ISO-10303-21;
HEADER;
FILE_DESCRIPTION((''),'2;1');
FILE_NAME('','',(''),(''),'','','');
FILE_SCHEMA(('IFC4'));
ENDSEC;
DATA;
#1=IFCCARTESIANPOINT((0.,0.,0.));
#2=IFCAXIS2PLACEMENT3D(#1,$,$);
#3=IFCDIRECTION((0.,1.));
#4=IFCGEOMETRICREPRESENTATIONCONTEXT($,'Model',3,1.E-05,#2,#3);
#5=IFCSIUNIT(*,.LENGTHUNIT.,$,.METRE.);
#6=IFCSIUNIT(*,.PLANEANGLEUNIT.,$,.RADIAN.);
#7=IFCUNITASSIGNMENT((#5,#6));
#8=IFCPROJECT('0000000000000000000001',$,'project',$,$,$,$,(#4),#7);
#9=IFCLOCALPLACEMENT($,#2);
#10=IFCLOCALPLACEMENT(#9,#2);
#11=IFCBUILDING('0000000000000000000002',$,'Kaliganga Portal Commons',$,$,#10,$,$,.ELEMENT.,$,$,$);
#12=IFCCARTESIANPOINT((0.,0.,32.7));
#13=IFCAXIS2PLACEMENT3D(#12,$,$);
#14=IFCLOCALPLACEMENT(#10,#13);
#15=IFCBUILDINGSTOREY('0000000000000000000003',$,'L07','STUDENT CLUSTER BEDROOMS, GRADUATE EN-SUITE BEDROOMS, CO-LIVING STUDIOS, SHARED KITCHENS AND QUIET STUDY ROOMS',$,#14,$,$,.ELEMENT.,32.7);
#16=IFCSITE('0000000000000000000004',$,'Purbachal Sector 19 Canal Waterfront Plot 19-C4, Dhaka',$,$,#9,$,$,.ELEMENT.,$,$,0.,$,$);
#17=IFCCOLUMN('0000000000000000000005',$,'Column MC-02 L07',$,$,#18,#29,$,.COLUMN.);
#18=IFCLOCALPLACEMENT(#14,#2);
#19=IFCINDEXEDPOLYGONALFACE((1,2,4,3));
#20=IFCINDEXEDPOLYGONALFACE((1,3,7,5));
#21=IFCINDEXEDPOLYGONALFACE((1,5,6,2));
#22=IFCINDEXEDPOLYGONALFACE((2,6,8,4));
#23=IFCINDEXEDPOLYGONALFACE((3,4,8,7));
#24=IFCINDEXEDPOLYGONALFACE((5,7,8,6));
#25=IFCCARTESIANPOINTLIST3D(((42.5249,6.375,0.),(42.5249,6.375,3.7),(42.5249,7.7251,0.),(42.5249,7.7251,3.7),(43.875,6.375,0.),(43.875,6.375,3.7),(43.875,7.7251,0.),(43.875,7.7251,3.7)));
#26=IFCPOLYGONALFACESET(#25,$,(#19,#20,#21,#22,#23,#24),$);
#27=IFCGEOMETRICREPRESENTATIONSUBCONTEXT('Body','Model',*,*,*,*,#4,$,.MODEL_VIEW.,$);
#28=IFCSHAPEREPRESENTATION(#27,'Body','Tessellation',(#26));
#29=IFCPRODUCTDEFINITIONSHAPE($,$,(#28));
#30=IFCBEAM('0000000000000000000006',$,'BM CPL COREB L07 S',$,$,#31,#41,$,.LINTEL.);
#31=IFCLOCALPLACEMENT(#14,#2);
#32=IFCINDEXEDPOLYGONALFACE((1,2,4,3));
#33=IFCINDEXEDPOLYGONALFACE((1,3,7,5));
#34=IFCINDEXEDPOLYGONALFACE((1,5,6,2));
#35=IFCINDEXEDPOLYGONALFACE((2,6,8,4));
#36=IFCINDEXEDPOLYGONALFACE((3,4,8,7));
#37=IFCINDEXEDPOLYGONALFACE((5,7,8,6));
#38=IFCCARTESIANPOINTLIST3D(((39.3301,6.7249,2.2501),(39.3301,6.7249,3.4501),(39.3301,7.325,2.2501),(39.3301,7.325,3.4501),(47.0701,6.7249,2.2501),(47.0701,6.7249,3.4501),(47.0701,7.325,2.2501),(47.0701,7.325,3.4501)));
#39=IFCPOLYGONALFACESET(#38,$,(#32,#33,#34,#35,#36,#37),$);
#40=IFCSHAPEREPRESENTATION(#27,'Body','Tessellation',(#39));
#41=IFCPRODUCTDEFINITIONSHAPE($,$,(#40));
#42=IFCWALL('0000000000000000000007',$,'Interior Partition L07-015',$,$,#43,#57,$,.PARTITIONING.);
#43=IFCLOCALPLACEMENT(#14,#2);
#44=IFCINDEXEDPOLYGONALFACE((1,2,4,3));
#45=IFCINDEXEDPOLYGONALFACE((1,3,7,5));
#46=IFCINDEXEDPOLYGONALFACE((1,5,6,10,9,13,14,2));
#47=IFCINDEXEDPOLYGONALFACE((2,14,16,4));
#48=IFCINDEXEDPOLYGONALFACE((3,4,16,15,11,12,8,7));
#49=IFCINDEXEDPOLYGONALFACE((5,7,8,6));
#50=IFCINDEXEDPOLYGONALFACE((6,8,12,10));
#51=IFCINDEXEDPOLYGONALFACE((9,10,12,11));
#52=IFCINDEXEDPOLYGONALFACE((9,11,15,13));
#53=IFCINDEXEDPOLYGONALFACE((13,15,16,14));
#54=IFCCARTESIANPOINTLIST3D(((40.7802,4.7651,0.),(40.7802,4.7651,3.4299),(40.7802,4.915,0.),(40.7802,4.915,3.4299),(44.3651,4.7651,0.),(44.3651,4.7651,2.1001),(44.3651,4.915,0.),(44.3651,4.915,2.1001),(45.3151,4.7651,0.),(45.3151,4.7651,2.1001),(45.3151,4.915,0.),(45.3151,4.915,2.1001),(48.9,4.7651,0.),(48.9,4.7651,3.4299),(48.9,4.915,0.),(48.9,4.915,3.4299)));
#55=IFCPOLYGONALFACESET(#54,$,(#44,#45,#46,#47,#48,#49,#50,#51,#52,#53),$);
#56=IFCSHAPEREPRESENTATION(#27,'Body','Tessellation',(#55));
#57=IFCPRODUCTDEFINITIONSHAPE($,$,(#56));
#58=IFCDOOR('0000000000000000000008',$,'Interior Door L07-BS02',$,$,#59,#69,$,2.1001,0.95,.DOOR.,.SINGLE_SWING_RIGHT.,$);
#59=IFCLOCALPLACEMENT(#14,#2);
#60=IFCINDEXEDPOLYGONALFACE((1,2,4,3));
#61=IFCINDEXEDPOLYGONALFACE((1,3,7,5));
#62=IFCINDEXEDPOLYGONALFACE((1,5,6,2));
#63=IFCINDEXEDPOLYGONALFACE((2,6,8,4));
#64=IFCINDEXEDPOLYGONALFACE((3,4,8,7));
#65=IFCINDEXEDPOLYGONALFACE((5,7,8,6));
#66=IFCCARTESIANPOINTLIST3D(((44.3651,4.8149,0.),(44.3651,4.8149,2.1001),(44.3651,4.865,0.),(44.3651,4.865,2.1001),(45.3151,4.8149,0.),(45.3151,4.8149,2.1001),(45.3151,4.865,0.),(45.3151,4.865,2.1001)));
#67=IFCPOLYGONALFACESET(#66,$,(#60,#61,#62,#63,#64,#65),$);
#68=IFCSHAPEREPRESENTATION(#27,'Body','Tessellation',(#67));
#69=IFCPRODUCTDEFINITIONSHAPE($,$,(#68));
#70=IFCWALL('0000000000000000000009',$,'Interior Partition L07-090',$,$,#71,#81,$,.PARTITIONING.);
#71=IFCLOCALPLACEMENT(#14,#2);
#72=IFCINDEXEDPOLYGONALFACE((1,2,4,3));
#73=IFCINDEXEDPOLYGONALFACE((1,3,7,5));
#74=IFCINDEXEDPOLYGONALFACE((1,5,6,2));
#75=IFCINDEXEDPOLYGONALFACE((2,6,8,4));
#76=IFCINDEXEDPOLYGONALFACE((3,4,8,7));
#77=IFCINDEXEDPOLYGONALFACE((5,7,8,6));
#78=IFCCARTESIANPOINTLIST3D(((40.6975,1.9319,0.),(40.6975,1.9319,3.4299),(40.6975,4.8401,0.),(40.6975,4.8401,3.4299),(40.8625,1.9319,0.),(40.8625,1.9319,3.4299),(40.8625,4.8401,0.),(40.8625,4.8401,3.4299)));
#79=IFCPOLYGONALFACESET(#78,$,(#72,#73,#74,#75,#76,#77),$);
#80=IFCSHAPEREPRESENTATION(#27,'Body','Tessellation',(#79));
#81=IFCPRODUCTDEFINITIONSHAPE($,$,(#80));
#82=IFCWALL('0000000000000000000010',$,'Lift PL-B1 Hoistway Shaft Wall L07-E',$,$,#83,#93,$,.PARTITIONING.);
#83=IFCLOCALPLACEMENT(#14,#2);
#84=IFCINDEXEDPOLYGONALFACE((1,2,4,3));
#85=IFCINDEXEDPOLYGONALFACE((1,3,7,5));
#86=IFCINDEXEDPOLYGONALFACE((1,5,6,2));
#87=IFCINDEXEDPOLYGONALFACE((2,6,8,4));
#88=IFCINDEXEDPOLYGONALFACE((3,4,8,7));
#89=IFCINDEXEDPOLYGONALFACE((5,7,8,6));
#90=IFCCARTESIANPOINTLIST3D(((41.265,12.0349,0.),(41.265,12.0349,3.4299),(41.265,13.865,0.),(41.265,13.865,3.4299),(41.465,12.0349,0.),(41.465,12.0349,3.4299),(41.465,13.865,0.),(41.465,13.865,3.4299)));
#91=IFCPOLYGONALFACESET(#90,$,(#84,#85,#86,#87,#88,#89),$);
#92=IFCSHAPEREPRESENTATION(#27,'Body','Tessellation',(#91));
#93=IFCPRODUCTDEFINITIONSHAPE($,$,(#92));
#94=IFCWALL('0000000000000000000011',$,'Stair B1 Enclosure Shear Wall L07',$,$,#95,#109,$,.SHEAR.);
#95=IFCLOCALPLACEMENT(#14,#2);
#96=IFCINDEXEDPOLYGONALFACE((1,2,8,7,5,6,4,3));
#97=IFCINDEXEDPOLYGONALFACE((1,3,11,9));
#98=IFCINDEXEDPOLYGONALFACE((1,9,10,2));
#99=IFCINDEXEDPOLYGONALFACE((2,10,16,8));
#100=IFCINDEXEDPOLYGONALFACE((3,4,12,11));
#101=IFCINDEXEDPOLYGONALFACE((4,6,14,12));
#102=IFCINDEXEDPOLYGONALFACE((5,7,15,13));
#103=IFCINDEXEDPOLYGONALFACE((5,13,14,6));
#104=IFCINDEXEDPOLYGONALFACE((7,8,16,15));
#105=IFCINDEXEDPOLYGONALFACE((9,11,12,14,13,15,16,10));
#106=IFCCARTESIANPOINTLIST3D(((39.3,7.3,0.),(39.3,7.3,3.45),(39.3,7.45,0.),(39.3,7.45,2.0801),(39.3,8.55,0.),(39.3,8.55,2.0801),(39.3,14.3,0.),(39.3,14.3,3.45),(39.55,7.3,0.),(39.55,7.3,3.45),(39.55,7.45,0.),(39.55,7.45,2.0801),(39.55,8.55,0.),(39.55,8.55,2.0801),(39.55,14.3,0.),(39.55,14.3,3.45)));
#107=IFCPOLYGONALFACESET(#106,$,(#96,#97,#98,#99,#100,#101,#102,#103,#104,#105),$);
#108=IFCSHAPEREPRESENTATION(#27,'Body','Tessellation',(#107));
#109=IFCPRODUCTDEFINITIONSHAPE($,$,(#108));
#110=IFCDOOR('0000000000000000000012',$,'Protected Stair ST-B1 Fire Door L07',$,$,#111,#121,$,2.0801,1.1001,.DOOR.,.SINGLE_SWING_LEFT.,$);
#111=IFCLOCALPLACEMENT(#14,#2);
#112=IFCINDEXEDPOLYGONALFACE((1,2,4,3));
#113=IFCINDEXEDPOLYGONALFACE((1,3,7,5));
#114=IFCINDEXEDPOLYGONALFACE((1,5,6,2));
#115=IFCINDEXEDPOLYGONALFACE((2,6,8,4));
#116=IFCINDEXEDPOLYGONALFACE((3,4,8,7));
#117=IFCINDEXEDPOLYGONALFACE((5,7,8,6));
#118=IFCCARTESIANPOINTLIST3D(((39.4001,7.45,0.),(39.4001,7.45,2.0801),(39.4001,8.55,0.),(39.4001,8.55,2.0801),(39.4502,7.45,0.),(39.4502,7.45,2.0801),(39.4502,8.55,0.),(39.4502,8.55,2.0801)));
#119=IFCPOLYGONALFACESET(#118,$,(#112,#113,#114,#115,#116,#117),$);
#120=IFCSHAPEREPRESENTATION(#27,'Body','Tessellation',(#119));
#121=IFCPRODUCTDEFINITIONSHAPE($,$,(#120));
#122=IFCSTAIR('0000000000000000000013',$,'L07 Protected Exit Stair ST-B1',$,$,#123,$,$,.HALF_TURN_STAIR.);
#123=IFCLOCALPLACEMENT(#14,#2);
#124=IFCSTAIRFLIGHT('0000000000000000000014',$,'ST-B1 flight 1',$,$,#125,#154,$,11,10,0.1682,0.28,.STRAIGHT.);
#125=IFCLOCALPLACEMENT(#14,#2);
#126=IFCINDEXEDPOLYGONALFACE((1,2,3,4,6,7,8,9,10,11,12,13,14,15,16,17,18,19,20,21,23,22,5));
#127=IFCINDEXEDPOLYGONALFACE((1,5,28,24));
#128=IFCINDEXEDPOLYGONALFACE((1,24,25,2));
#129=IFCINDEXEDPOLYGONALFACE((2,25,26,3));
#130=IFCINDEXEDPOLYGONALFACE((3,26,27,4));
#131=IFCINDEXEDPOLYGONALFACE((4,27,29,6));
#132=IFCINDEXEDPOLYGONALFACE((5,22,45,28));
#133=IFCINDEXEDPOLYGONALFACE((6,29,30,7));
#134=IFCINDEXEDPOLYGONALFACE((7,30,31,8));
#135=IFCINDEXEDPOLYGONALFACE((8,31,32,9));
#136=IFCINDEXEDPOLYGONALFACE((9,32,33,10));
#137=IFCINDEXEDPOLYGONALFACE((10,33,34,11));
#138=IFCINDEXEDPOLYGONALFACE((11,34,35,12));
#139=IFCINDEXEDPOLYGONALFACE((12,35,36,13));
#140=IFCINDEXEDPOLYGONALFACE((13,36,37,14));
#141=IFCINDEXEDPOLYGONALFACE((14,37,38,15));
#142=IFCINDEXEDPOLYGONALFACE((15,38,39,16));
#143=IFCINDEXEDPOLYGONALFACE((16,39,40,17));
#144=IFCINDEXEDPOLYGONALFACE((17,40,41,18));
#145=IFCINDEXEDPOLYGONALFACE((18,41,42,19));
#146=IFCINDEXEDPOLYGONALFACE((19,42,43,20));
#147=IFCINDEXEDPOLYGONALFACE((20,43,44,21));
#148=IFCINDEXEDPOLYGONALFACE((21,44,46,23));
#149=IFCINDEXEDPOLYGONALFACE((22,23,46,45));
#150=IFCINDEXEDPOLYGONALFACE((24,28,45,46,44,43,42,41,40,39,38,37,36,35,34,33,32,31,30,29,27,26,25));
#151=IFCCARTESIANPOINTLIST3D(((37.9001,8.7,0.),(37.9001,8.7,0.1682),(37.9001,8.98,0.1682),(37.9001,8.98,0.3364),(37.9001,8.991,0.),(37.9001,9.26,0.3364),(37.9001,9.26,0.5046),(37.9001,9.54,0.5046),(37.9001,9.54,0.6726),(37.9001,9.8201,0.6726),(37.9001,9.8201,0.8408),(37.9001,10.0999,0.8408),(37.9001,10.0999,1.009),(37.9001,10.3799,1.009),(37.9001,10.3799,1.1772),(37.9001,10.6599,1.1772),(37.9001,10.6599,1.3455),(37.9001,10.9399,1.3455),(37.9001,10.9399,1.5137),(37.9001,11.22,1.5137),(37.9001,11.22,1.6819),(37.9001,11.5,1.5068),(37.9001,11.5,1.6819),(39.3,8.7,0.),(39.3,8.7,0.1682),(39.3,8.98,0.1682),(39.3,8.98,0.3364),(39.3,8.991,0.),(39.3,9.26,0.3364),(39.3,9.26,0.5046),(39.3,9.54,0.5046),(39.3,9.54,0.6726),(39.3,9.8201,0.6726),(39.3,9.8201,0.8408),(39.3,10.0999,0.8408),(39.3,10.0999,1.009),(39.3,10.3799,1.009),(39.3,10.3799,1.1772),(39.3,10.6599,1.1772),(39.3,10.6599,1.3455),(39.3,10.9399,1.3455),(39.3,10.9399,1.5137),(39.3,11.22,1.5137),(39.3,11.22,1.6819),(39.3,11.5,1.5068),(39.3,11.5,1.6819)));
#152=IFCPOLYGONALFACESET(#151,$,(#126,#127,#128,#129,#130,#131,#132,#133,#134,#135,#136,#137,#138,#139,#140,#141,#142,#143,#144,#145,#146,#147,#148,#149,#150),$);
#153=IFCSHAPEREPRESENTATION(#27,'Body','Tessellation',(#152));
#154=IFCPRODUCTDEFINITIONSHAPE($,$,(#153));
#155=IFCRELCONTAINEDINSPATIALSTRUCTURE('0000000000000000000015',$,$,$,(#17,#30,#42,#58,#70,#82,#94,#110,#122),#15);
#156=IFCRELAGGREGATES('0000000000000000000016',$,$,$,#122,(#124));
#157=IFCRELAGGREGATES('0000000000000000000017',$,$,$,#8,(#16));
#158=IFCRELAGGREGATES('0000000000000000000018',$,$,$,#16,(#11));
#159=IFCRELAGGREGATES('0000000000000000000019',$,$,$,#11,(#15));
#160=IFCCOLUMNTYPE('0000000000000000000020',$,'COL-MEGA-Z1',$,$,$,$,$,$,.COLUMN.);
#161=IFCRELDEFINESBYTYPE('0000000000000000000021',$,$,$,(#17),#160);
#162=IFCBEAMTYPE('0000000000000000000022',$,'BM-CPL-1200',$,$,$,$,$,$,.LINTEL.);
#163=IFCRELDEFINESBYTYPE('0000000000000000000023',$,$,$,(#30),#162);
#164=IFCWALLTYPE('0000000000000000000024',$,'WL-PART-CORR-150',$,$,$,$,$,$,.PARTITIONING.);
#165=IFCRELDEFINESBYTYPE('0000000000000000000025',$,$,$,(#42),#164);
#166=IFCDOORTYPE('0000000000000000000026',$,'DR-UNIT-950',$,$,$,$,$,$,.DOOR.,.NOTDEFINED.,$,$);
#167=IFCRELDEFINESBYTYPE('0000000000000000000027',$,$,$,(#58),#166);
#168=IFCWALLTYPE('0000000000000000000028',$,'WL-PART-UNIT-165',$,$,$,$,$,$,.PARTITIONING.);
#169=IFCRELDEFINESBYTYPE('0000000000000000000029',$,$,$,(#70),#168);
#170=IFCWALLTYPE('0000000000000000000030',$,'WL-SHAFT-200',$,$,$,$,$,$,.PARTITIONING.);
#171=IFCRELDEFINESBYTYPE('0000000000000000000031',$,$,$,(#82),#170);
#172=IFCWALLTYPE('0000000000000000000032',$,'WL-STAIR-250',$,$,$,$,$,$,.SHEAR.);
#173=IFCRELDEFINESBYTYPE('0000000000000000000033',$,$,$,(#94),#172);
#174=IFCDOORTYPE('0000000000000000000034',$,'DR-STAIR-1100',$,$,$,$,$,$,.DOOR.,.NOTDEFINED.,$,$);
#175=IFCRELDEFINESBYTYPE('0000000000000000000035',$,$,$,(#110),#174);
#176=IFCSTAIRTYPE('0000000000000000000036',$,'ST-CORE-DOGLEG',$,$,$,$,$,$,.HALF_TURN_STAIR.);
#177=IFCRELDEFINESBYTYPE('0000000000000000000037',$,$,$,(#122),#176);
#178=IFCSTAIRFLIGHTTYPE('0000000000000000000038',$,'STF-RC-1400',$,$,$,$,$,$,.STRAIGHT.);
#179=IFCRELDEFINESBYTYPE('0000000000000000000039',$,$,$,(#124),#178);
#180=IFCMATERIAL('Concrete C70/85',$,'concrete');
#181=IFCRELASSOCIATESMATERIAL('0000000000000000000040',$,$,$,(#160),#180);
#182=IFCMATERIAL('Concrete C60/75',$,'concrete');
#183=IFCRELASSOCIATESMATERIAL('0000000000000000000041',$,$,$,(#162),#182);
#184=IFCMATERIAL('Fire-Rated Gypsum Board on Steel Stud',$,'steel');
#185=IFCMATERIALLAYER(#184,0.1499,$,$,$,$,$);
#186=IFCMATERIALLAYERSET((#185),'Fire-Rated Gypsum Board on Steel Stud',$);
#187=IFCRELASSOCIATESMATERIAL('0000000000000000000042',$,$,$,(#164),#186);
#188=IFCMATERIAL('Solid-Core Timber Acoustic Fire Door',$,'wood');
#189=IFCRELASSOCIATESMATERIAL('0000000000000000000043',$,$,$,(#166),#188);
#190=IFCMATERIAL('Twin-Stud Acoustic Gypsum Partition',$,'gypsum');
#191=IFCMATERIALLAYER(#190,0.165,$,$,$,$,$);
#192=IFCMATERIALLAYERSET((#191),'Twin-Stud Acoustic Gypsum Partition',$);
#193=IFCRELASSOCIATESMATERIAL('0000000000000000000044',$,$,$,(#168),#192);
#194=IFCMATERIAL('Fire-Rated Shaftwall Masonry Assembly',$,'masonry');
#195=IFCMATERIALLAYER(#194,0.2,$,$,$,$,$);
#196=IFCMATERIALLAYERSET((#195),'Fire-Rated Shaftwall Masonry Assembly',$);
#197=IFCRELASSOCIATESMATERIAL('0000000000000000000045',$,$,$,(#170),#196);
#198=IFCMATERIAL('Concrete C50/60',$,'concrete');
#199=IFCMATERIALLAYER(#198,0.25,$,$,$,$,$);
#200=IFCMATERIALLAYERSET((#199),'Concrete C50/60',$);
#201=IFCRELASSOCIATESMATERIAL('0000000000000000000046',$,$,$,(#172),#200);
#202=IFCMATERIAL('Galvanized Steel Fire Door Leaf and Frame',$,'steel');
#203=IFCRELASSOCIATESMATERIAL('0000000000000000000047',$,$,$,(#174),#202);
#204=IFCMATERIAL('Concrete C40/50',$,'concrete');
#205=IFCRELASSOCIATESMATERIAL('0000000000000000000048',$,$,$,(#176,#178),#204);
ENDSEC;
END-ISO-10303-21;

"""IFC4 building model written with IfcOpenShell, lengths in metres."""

from ifc_helpers import new_model, si_unit, direction, frame, frame_2d, origin, origin_2d, place, context, subcontext, project, spatial, polyline, rectangle, outline, extrude, source, transform, mapped, material, layer, layer_set, material_profile, profile_set, type_object, element, fill, aggregate, save


model = new_model("IFC4")

# Units and contexts
model_context = context("Model", 3, precision=1e-05, world=origin(), true_north=direction((0.0, 1.0)))
body_context = subcontext(model_context, "Body", "Model", "MODEL_VIEW")
ifc_project = project(units=[si_unit("LENGTHUNIT", "METRE"), si_unit("PLANEANGLEUNIT", "RADIAN")], contexts=[model_context])

# Site, building, storey
site_placement = place(None, origin())
site = spatial("IfcSite", under=ifc_project, at=site_placement, Name="Purbachal Sector 19 Canal Waterfront Plot 19-C4, Dhaka", CompositionType="ELEMENT", RefElevation=0.0)
building_placement = place(site_placement, origin())
building = spatial("IfcBuilding", under=site, at=building_placement, Name="Kaliganga Portal Commons", CompositionType="ELEMENT")
storey_placement = place(building_placement, frame((0.0, 0.0, 32.7)))
storey = spatial("IfcBuildingStorey", under=building, at=storey_placement, Name="L07", Description="STUDENT CLUSTER BEDROOMS, GRADUATE EN-SUITE BEDROOMS, CO-LIVING STUDIOS, SHARED KITCHENS AND QUIET STUDY ROOMS", CompositionType="ELEMENT", Elevation=32.7)

# Column
ifc_material_1 = material(Name="Concrete C70/85", Category="concrete")
ifc_material_profile_1 = material_profile(ifc_material_1, rectangle(XDim=1.3501, YDim=1.3501, at=origin_2d()), Name="RC 1350x1350")
ifc_profile_set_1 = profile_set([ifc_material_profile_1], Name="Concrete C70/85")
column_type = type_object("IfcColumnType", Name="COL-MEGA-Z1", PredefinedType="COLUMN", material=ifc_profile_set_1)
shared_shape_1 = source(origin(), body_context, "Body", "SweptSolid", [
    extrude(rectangle(XDim=1.3501, YDim=1.3501, at=origin_2d()), origin(), (0.0, 0.0, 1.0), 3.7),
])
column_placement = place(storey_placement, frame((43.2, 7.05, 0.0), z_axis=(0.0, 0.0, 1.0), x_axis=(1.0, 0.0, 0.0)))
element("IfcColumn", 1, at=column_placement, inside=storey, type_object=column_type, Name="Column MC-02 L07", PredefinedType="COLUMN", context=body_context, shape_type="MappedRepresentation", body=[
    mapped(shared_shape_1, transform((0.0, 0.0, 0.0), x_axis=(1.0, 0.0, 0.0), y_axis=(0.0, 1.0, 0.0), z_axis=(0.0, 0.0, 1.0), scale=1.0)),
])

# Beam
ifc_material_2 = material(Name="Concrete C60/75", Category="concrete")
ifc_material_profile_2 = material_profile(ifc_material_2, rectangle(XDim=0.6001, YDim=1.2, at=origin_2d()), Name="RC 600x1200")
ifc_profile_set_2 = profile_set([ifc_material_profile_2], Name="Concrete C60/75")
beam_type = type_object("IfcBeamType", Name="BM-CPL-1200", PredefinedType="LINTEL", material=ifc_profile_set_2)
shared_shape_2 = source(origin(), body_context, "Body", "SweptSolid", [
    extrude(rectangle(XDim=0.6001, YDim=1.2, at=origin_2d()), origin(), (0.0, 0.0, 1.0), 7.74),
])
beam_placement = place(storey_placement, frame((39.3301, 7.0249, 2.8501), z_axis=(1.0, 0.0, 0.0), x_axis=(0.0, 1.0, 0.0)))
element("IfcBeam", 2, at=beam_placement, inside=storey, type_object=beam_type, Name="BM CPL COREB L07 S", PredefinedType="LINTEL", context=body_context, shape_type="MappedRepresentation", body=[
    mapped(shared_shape_2, transform((0.0, 0.0, 0.0), x_axis=(1.0, 0.0, 0.0), y_axis=(0.0, 1.0, 0.0), z_axis=(0.0, 0.0, 1.0), scale=1.0)),
])

# Wall, opening, door
ifc_material_3 = material(Name="Fire-Rated Gypsum Board on Steel Stud", Category="steel")
ifc_layer_1 = layer(ifc_material_3, 0.1499)
ifc_layer_set_1 = layer_set([ifc_layer_1], Name="Fire-Rated Gypsum Board on Steel Stud")
wall_type_1 = type_object("IfcWallType", Name="WL-PART-CORR-150", PredefinedType="PARTITIONING", material=ifc_layer_set_1)
wall_1_placement = place(storey_placement, frame((40.78, 4.8401, 0.0), z_axis=(0.0, 0.0, 1.0), x_axis=(1.0, 0.0, 0.0)))
wall_1 = element("IfcWall", 3, at=wall_1_placement, inside=storey, type_object=wall_type_1, Name="Interior Partition L07-015", PredefinedType="PARTITIONING", context=body_context, shape_type="SweptSolid", body=[
    extrude(rectangle(XDim=8.1199, YDim=0.1499, at=frame_2d((4.0601, 0.0))), origin(), (0.0, 0.0, 1.0), 3.4299),
])
opening_1_placement = place(wall_1_placement, frame((3.585, 0.0, 0.0)))
opening_1 = element("IfcOpeningElement", 4, at=opening_1_placement, cuts=wall_1, PredefinedType="OPENING", context=body_context, shape_type="SweptSolid", body=[
    extrude(rectangle(XDim=0.95, YDim=2.1001, at=frame_2d((0.4751, 1.05))), frame((0.0, 0.085, 0.0), z_axis=(0.0, -1.0, 0.0), x_axis=(1.0, 0.0, 0.0)), (0.0, 0.0, 1.0), 0.1699),
])
ifc_material_4 = material(Name="Solid-Core Timber Acoustic Fire Door", Category="wood")
door_type_1 = type_object("IfcDoorType", Name="DR-UNIT-950", OperationType="NOTDEFINED", PredefinedType="DOOR", material=ifc_material_4)
door_1_placement = place(opening_1_placement, origin())
door_1 = element("IfcDoor", 5, at=door_1_placement, inside=storey, type_object=door_type_1, Name="Interior Door L07-BS02", OperationType="SINGLE_SWING_RIGHT", OverallHeight=2.1001, OverallWidth=0.95, PredefinedType="DOOR", context=body_context, shape_type="SweptSolid", body=[
    extrude(rectangle(XDim=0.95, YDim=2.1001, at=frame_2d((0.4751, 1.05))), frame((0.0, 0.0249, 0.0), z_axis=(0.0, -1.0, 0.0), x_axis=(1.0, 0.0, 0.0)), (0.0, 0.0, 1.0), 0.05),
])
fill(opening_1, door_1)

# Wall
ifc_material_5 = material(Name="Twin-Stud Acoustic Gypsum Partition", Category="gypsum")
ifc_layer_2 = layer(ifc_material_5, 0.165)
ifc_layer_set_2 = layer_set([ifc_layer_2], Name="Twin-Stud Acoustic Gypsum Partition")
wall_type_2 = type_object("IfcWallType", Name="WL-PART-UNIT-165", PredefinedType="PARTITIONING", material=ifc_layer_set_2)
wall_2_placement = place(storey_placement, frame((40.78, 1.9319, 0.0), z_axis=(0.0, 0.0, 1.0), x_axis=(0.0, 1.0, 0.0)))
element("IfcWall", 6, at=wall_2_placement, inside=storey, type_object=wall_type_2, Name="Interior Partition L07-090", PredefinedType="PARTITIONING", context=body_context, shape_type="SweptSolid", body=[
    extrude(rectangle(XDim=2.9082, YDim=0.165, at=frame_2d((1.4541, 0.0))), origin(), (0.0, 0.0, 1.0), 3.4299),
])

# Shared definitions
ifc_material_6 = material(Name="Fire-Rated Shaftwall Masonry Assembly", Category="masonry")
ifc_layer_3 = layer(ifc_material_6, 0.2)
ifc_layer_set_3 = layer_set([ifc_layer_3], Name="Fire-Rated Shaftwall Masonry Assembly")
wall_type_3 = type_object("IfcWallType", Name="WL-SHAFT-200", PredefinedType="PARTITIONING", material=ifc_layer_set_3)

# Wall
wall_3_placement = place(storey_placement, frame((41.365, 12.0349, 0.0), z_axis=(0.0, 0.0, 1.0), x_axis=(0.0, 1.0, 0.0)))
element("IfcWall", 7, at=wall_3_placement, inside=storey, type_object=wall_type_3, Name="Lift PL-B1 Hoistway Shaft Wall L07-E", PredefinedType="PARTITIONING", context=body_context, shape_type="SweptSolid", body=[
    extrude(rectangle(XDim=1.8301, YDim=0.2, at=frame_2d((0.915, 0.0))), origin(), (0.0, 0.0, 1.0), 3.4299),
])

# Wall, opening, door
ifc_material_7 = material(Name="Concrete C50/60", Category="concrete")
ifc_layer_4 = layer(ifc_material_7, 0.25)
ifc_layer_set_4 = layer_set([ifc_layer_4], Name="Concrete C50/60")
wall_type_4 = type_object("IfcWallType", Name="WL-STAIR-250", PredefinedType="SHEAR", material=ifc_layer_set_4)
wall_4_placement = place(storey_placement, frame((39.425, 7.3, 0.0), z_axis=(0.0, 0.0, 1.0), x_axis=(0.0, 1.0, 0.0)))
wall_4 = element("IfcWall", 8, at=wall_4_placement, inside=storey, type_object=wall_type_4, Name="Stair B1 Enclosure Shear Wall L07", PredefinedType="SHEAR", context=body_context, shape_type="SweptSolid", body=[
    extrude(rectangle(XDim=7.0, YDim=0.25, at=frame_2d((3.5, 0.0))), origin(), (0.0, 0.0, 1.0), 3.45),
])
opening_2_placement = place(wall_4_placement, frame((0.1499, 0.0, 0.0)))
opening_2 = element("IfcOpeningElement", 9, at=opening_2_placement, cuts=wall_4, PredefinedType="OPENING", context=body_context, shape_type="SweptSolid", body=[
    extrude(rectangle(XDim=1.1001, YDim=2.0801, at=frame_2d((0.55, 1.04))), frame((0.0, 0.135, 0.0), z_axis=(0.0, -1.0, 0.0), x_axis=(1.0, 0.0, 0.0)), (0.0, 0.0, 1.0), 0.27),
])
ifc_material_8 = material(Name="Galvanized Steel Fire Door Leaf and Frame", Category="steel")
door_type_2 = type_object("IfcDoorType", Name="DR-STAIR-1100", OperationType="NOTDEFINED", PredefinedType="DOOR", material=ifc_material_8)
door_2_placement = place(opening_2_placement, origin())
door_2 = element("IfcDoor", 10, at=door_2_placement, inside=storey, type_object=door_type_2, Name="Protected Stair ST-B1 Fire Door L07", OperationType="SINGLE_SWING_LEFT", OverallHeight=2.0801, OverallWidth=1.1001, PredefinedType="DOOR", context=body_context, shape_type="SweptSolid", body=[
    extrude(rectangle(XDim=1.1001, YDim=2.0801, at=frame_2d((0.55, 1.04))), frame((0.0, 0.0249, 0.0), z_axis=(0.0, -1.0, 0.0), x_axis=(1.0, 0.0, 0.0)), (0.0, 0.0, 1.0), 0.05),
])
fill(opening_2, door_2)

# Stair, stair flight
ifc_material_9 = material(Name="Concrete C40/50", Category="concrete")
stair_type = type_object("IfcStairType", Name="ST-CORE-DOGLEG", PredefinedType="HALF_TURN_STAIR", material=ifc_material_9)
stair_placement = place(storey_placement, origin())
stair = element("IfcStair", 11, at=stair_placement, inside=storey, type_object=stair_type, Name="L07 Protected Exit Stair ST-B1", PredefinedType="HALF_TURN_STAIR")
stair_flight_type = type_object("IfcStairFlightType", Name="STF-RC-1400", PredefinedType="STRAIGHT", material=ifc_material_9)
stair_flight_placement = place(storey_placement, frame((38.6001, 8.7, 0.0), z_axis=(0.0, 0.0, 1.0), x_axis=(0.0, 1.0, 0.0)))
stair_flight = element("IfcStairFlight", 12, at=stair_flight_placement, type_object=stair_flight_type, Name="ST-B1 flight 1", NumberOfRisers=11, NumberOfTreads=10, PredefinedType="STRAIGHT", RiserHeight=0.1682, TreadLength=0.28, context=body_context, shape_type="SweptSolid", body=[
    extrude(outline(polyline([(0.0, 0.0), (0.0, 0.1682), (0.28, 0.1682), (0.28, 0.3364), (0.5601, 0.3364), (0.5601, 0.5046), (0.8401, 0.5046), (0.8401, 0.6726), (1.1201, 0.6726), (1.1201, 0.8408), (1.3999, 0.8408), (1.3999, 1.009), (1.6799, 1.009), (1.6799, 1.1772), (1.96, 1.1772), (1.96, 1.3455), (2.24, 1.3455), (2.24, 1.5137), (2.52, 1.5137), (2.52, 1.6819), (2.8, 1.6819), (2.8, 1.8501), (2.8, 1.5068), (0.291, 0.0), (0.0, 0.0)])), frame((0.0, 0.7, 0.0), z_axis=(0.0, -1.0, 0.0), x_axis=(1.0, 0.0, 0.0)), (0.0, 0.0, 1.0), 1.3999),
])
aggregate(stair, [stair_flight])

save(model, "model.ifc")
